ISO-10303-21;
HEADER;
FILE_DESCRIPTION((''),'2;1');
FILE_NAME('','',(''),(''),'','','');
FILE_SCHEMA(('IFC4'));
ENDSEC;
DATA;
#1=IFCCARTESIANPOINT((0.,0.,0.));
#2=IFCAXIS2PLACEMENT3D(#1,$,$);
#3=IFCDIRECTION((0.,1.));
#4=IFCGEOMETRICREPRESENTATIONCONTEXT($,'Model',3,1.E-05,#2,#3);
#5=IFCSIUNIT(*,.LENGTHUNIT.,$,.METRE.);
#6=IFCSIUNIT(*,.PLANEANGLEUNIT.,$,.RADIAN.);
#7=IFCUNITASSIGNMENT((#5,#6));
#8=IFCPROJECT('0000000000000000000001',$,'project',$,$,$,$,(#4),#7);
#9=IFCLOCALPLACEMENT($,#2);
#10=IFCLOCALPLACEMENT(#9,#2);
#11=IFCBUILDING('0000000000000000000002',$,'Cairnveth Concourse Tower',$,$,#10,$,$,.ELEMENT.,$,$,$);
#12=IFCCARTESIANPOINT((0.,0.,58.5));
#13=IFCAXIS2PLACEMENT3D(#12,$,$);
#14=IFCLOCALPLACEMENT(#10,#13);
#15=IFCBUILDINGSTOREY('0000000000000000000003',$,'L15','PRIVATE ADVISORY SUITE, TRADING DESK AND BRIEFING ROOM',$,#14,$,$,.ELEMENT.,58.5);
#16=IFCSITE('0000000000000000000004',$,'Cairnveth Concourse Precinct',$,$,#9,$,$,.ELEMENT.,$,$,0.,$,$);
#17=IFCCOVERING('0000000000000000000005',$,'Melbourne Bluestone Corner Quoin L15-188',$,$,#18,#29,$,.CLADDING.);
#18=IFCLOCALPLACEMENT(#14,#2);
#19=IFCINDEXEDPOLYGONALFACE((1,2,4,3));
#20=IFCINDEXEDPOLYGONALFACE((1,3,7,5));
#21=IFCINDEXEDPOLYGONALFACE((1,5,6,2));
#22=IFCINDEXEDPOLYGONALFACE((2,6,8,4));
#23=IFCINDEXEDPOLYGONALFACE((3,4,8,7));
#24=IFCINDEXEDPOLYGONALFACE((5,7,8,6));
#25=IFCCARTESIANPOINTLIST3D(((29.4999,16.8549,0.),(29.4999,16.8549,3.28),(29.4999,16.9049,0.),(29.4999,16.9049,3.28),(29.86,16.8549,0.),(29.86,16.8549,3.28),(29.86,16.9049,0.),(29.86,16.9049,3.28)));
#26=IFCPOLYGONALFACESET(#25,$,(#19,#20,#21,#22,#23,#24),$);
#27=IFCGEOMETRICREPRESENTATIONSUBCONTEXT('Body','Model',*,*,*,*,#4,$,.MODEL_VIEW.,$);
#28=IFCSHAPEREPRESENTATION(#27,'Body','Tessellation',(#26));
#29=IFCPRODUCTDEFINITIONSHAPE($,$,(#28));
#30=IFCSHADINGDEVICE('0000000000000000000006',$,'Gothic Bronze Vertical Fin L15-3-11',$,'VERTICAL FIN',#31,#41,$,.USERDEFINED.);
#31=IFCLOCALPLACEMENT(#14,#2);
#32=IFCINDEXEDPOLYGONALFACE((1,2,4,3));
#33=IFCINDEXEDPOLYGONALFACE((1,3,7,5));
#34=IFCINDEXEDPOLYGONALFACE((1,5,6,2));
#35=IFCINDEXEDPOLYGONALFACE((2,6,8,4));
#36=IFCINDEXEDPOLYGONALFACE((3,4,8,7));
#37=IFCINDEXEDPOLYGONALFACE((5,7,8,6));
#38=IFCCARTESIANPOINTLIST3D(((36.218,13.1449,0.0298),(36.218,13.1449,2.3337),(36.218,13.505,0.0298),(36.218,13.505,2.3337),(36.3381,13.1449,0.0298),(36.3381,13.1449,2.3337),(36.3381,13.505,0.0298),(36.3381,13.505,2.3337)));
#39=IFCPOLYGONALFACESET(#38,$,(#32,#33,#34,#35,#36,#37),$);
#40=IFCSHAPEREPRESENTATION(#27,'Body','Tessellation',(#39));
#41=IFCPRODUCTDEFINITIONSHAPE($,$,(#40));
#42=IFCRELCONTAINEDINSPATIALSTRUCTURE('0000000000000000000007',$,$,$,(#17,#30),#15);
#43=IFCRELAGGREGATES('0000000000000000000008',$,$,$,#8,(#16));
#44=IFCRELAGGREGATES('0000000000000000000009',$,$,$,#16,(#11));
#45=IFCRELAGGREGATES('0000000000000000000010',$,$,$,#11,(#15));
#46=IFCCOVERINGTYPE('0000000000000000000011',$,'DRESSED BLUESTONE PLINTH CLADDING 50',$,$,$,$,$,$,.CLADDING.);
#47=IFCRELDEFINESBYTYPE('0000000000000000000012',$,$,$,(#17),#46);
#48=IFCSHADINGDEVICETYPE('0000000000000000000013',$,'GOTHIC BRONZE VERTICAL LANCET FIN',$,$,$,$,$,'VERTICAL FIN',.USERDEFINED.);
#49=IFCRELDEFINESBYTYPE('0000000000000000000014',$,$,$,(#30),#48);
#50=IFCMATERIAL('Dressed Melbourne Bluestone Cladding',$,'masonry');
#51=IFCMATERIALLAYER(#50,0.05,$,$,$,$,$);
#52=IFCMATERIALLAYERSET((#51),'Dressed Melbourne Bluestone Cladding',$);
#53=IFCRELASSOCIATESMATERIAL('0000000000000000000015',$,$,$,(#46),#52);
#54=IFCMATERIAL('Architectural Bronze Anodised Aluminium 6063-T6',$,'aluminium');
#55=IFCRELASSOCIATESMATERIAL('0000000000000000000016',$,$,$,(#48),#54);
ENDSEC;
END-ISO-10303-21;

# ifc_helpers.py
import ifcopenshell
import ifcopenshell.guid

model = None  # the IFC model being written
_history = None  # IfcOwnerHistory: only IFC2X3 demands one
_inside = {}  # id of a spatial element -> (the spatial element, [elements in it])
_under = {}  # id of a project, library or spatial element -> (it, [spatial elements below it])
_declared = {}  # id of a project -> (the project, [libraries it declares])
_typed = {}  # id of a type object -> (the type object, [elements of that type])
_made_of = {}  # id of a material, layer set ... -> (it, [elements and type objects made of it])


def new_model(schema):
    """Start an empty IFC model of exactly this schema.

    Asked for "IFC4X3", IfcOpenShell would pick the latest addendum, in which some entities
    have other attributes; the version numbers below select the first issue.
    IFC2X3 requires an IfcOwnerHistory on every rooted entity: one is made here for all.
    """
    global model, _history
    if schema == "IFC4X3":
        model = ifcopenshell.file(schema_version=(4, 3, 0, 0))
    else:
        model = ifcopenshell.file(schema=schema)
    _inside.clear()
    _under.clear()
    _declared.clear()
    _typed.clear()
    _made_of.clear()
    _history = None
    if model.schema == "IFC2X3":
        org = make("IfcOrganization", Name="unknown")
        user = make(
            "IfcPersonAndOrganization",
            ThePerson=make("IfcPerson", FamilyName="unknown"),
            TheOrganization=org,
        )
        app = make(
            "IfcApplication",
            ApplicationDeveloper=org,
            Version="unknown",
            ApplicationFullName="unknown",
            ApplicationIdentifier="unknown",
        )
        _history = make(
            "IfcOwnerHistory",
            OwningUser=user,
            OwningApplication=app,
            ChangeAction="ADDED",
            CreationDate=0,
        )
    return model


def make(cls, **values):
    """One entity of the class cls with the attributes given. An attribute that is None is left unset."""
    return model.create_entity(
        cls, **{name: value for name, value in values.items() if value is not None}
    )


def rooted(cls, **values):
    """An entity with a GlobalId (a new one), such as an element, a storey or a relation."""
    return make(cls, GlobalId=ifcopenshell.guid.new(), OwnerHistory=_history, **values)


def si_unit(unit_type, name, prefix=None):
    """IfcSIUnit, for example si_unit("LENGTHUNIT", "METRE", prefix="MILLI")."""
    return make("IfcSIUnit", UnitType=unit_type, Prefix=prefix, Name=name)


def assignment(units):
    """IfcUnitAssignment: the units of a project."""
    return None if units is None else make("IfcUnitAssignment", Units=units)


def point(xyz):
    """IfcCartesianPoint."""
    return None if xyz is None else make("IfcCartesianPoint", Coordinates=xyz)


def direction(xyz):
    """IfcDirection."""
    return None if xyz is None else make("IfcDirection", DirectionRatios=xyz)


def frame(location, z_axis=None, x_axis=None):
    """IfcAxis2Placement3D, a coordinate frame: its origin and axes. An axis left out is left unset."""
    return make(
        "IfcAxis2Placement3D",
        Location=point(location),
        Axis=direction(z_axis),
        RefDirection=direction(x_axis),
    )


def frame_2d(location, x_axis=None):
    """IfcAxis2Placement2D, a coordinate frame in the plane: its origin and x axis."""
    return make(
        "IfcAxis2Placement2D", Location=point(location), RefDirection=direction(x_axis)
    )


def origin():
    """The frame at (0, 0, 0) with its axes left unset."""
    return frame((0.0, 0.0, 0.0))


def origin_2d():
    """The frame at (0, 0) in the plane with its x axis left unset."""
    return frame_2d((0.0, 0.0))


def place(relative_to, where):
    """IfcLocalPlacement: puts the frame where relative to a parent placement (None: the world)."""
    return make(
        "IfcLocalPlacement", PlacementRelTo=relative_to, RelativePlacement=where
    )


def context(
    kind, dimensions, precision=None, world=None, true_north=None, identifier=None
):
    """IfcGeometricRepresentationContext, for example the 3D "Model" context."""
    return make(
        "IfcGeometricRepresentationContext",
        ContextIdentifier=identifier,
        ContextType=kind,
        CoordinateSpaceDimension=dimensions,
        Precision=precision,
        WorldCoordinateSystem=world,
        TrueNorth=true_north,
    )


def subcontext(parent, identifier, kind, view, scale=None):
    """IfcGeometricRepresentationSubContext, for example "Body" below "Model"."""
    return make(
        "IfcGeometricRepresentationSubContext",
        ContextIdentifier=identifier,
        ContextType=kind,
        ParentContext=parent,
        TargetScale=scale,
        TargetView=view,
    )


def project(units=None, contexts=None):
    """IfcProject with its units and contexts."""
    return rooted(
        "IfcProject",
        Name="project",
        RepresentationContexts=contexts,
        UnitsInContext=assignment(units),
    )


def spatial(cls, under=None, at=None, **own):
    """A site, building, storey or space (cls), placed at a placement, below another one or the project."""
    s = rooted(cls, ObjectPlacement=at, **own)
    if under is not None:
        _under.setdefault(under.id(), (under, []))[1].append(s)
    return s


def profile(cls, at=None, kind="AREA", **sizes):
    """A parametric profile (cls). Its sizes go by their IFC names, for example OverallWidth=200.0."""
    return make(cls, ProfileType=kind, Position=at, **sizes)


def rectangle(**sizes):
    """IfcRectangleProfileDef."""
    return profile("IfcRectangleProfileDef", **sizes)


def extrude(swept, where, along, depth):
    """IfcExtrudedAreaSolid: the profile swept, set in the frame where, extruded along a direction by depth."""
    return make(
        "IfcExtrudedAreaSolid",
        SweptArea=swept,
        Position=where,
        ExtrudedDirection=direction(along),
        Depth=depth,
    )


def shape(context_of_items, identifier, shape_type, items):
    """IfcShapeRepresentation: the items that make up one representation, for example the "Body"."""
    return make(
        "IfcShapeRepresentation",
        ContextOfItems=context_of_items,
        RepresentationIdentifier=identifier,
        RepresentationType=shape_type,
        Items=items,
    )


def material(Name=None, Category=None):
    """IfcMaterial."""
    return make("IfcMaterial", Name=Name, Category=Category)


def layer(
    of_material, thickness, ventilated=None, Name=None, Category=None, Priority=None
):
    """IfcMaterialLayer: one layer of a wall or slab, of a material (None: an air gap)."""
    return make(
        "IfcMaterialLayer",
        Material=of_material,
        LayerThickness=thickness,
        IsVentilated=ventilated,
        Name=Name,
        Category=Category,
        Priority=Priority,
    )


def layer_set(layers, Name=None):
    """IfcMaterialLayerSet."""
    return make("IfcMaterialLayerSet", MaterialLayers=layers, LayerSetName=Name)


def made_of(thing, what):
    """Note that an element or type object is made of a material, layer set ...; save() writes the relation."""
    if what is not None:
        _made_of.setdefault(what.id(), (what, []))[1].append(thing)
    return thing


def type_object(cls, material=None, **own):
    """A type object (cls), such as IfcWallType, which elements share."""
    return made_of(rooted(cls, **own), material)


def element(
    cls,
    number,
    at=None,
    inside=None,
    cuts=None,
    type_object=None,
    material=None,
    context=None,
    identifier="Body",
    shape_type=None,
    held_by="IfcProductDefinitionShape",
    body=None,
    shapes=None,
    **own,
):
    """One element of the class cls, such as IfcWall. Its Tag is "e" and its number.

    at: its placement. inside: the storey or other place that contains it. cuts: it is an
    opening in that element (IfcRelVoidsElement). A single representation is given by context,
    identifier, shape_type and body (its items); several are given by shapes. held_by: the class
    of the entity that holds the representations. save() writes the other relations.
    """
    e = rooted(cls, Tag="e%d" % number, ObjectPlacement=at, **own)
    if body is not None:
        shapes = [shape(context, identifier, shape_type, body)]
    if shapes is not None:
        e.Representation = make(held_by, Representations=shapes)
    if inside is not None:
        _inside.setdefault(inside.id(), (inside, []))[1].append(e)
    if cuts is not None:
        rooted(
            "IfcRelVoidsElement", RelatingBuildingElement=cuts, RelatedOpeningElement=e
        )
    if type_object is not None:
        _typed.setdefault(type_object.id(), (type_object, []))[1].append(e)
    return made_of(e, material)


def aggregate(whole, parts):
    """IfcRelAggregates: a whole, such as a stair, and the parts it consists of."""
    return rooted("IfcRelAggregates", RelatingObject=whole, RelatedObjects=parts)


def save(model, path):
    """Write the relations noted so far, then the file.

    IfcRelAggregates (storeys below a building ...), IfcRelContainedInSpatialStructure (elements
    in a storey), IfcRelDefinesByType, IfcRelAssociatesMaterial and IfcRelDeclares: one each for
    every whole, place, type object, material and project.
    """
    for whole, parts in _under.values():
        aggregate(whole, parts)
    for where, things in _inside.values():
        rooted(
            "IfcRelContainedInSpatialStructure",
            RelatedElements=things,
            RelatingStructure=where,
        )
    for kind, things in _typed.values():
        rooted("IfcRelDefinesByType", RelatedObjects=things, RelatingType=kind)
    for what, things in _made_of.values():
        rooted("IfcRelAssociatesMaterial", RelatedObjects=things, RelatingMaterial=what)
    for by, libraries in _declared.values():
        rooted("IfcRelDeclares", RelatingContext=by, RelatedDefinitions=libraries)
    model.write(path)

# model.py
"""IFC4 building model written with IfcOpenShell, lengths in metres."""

from ifc_helpers import new_model, si_unit, direction, frame, frame_2d, origin, origin_2d, place, context, subcontext, project, spatial, rectangle, extrude, material, layer, layer_set, type_object, element, save


model = new_model("IFC4")

# Units and contexts
model_context = context("Model", 3, precision=1e-05, world=origin(), true_north=direction((0.0, 1.0)))
body_context = subcontext(model_context, "Body", "Model", "MODEL_VIEW")
ifc_project = project(units=[si_unit("LENGTHUNIT", "METRE"), si_unit("PLANEANGLEUNIT", "RADIAN")], contexts=[model_context])

# Site, building, storey
site_placement = place(None, origin())
site = spatial("IfcSite", under=ifc_project, at=site_placement, Name="Cairnveth Concourse Precinct", CompositionType="ELEMENT", RefElevation=0.0)
building_placement = place(site_placement, origin())
building = spatial("IfcBuilding", under=site, at=building_placement, Name="Cairnveth Concourse Tower", CompositionType="ELEMENT")
storey_placement = place(building_placement, frame((0.0, 0.0, 58.5)))
storey = spatial("IfcBuildingStorey", under=building, at=storey_placement, Name="L15", Description="PRIVATE ADVISORY SUITE, TRADING DESK AND BRIEFING ROOM", CompositionType="ELEMENT", Elevation=58.5)

# Covering
ifc_material_1 = material(Name="Dressed Melbourne Bluestone Cladding", Category="masonry")
ifc_layer_1 = layer(ifc_material_1, 0.05)
ifc_layer_set_1 = layer_set([ifc_layer_1], Name="Dressed Melbourne Bluestone Cladding")
covering_type = type_object("IfcCoveringType", Name="DRESSED BLUESTONE PLINTH CLADDING 50", PredefinedType="CLADDING", material=ifc_layer_set_1)
covering_placement = place(storey_placement, frame((29.8601, 16.8799, 0.0), z_axis=(0.0, 0.0, 1.0), x_axis=(-1.0, 0.0, 0.0)))
element("IfcCovering", 1, at=covering_placement, inside=storey, type_object=covering_type, Name="Melbourne Bluestone Corner Quoin L15-188", PredefinedType="CLADDING", context=body_context, shape_type="SweptSolid", body=[
    extrude(rectangle(XDim=0.3601, YDim=0.05, at=frame_2d((0.1802, 0.0))), origin(), (0.0, 0.0, 1.0), 3.28),
])

# Shading device
ifc_material_2 = material(Name="Architectural Bronze Anodised Aluminium 6063-T6", Category="aluminium")
shading_device_type = type_object("IfcShadingDeviceType", Name="GOTHIC BRONZE VERTICAL LANCET FIN", ElementType="VERTICAL FIN", PredefinedType="USERDEFINED", material=ifc_material_2)
shading_device_placement = place(storey_placement, frame((36.2781, 13.325, 0.0298), z_axis=(0.0, 0.0, 1.0), x_axis=(1.0, 0.0, 0.0)))
element("IfcShadingDevice", 2, at=shading_device_placement, inside=storey, type_object=shading_device_type, Name="Gothic Bronze Vertical Fin L15-3-11", ObjectType="VERTICAL FIN", PredefinedType="USERDEFINED", context=body_context, shape_type="SweptSolid", body=[
    extrude(rectangle(XDim=0.1201, YDim=0.3601, at=origin_2d()), origin(), (0.0, 0.0, 1.0), 2.304),
])

save(model, "model.ifc")
